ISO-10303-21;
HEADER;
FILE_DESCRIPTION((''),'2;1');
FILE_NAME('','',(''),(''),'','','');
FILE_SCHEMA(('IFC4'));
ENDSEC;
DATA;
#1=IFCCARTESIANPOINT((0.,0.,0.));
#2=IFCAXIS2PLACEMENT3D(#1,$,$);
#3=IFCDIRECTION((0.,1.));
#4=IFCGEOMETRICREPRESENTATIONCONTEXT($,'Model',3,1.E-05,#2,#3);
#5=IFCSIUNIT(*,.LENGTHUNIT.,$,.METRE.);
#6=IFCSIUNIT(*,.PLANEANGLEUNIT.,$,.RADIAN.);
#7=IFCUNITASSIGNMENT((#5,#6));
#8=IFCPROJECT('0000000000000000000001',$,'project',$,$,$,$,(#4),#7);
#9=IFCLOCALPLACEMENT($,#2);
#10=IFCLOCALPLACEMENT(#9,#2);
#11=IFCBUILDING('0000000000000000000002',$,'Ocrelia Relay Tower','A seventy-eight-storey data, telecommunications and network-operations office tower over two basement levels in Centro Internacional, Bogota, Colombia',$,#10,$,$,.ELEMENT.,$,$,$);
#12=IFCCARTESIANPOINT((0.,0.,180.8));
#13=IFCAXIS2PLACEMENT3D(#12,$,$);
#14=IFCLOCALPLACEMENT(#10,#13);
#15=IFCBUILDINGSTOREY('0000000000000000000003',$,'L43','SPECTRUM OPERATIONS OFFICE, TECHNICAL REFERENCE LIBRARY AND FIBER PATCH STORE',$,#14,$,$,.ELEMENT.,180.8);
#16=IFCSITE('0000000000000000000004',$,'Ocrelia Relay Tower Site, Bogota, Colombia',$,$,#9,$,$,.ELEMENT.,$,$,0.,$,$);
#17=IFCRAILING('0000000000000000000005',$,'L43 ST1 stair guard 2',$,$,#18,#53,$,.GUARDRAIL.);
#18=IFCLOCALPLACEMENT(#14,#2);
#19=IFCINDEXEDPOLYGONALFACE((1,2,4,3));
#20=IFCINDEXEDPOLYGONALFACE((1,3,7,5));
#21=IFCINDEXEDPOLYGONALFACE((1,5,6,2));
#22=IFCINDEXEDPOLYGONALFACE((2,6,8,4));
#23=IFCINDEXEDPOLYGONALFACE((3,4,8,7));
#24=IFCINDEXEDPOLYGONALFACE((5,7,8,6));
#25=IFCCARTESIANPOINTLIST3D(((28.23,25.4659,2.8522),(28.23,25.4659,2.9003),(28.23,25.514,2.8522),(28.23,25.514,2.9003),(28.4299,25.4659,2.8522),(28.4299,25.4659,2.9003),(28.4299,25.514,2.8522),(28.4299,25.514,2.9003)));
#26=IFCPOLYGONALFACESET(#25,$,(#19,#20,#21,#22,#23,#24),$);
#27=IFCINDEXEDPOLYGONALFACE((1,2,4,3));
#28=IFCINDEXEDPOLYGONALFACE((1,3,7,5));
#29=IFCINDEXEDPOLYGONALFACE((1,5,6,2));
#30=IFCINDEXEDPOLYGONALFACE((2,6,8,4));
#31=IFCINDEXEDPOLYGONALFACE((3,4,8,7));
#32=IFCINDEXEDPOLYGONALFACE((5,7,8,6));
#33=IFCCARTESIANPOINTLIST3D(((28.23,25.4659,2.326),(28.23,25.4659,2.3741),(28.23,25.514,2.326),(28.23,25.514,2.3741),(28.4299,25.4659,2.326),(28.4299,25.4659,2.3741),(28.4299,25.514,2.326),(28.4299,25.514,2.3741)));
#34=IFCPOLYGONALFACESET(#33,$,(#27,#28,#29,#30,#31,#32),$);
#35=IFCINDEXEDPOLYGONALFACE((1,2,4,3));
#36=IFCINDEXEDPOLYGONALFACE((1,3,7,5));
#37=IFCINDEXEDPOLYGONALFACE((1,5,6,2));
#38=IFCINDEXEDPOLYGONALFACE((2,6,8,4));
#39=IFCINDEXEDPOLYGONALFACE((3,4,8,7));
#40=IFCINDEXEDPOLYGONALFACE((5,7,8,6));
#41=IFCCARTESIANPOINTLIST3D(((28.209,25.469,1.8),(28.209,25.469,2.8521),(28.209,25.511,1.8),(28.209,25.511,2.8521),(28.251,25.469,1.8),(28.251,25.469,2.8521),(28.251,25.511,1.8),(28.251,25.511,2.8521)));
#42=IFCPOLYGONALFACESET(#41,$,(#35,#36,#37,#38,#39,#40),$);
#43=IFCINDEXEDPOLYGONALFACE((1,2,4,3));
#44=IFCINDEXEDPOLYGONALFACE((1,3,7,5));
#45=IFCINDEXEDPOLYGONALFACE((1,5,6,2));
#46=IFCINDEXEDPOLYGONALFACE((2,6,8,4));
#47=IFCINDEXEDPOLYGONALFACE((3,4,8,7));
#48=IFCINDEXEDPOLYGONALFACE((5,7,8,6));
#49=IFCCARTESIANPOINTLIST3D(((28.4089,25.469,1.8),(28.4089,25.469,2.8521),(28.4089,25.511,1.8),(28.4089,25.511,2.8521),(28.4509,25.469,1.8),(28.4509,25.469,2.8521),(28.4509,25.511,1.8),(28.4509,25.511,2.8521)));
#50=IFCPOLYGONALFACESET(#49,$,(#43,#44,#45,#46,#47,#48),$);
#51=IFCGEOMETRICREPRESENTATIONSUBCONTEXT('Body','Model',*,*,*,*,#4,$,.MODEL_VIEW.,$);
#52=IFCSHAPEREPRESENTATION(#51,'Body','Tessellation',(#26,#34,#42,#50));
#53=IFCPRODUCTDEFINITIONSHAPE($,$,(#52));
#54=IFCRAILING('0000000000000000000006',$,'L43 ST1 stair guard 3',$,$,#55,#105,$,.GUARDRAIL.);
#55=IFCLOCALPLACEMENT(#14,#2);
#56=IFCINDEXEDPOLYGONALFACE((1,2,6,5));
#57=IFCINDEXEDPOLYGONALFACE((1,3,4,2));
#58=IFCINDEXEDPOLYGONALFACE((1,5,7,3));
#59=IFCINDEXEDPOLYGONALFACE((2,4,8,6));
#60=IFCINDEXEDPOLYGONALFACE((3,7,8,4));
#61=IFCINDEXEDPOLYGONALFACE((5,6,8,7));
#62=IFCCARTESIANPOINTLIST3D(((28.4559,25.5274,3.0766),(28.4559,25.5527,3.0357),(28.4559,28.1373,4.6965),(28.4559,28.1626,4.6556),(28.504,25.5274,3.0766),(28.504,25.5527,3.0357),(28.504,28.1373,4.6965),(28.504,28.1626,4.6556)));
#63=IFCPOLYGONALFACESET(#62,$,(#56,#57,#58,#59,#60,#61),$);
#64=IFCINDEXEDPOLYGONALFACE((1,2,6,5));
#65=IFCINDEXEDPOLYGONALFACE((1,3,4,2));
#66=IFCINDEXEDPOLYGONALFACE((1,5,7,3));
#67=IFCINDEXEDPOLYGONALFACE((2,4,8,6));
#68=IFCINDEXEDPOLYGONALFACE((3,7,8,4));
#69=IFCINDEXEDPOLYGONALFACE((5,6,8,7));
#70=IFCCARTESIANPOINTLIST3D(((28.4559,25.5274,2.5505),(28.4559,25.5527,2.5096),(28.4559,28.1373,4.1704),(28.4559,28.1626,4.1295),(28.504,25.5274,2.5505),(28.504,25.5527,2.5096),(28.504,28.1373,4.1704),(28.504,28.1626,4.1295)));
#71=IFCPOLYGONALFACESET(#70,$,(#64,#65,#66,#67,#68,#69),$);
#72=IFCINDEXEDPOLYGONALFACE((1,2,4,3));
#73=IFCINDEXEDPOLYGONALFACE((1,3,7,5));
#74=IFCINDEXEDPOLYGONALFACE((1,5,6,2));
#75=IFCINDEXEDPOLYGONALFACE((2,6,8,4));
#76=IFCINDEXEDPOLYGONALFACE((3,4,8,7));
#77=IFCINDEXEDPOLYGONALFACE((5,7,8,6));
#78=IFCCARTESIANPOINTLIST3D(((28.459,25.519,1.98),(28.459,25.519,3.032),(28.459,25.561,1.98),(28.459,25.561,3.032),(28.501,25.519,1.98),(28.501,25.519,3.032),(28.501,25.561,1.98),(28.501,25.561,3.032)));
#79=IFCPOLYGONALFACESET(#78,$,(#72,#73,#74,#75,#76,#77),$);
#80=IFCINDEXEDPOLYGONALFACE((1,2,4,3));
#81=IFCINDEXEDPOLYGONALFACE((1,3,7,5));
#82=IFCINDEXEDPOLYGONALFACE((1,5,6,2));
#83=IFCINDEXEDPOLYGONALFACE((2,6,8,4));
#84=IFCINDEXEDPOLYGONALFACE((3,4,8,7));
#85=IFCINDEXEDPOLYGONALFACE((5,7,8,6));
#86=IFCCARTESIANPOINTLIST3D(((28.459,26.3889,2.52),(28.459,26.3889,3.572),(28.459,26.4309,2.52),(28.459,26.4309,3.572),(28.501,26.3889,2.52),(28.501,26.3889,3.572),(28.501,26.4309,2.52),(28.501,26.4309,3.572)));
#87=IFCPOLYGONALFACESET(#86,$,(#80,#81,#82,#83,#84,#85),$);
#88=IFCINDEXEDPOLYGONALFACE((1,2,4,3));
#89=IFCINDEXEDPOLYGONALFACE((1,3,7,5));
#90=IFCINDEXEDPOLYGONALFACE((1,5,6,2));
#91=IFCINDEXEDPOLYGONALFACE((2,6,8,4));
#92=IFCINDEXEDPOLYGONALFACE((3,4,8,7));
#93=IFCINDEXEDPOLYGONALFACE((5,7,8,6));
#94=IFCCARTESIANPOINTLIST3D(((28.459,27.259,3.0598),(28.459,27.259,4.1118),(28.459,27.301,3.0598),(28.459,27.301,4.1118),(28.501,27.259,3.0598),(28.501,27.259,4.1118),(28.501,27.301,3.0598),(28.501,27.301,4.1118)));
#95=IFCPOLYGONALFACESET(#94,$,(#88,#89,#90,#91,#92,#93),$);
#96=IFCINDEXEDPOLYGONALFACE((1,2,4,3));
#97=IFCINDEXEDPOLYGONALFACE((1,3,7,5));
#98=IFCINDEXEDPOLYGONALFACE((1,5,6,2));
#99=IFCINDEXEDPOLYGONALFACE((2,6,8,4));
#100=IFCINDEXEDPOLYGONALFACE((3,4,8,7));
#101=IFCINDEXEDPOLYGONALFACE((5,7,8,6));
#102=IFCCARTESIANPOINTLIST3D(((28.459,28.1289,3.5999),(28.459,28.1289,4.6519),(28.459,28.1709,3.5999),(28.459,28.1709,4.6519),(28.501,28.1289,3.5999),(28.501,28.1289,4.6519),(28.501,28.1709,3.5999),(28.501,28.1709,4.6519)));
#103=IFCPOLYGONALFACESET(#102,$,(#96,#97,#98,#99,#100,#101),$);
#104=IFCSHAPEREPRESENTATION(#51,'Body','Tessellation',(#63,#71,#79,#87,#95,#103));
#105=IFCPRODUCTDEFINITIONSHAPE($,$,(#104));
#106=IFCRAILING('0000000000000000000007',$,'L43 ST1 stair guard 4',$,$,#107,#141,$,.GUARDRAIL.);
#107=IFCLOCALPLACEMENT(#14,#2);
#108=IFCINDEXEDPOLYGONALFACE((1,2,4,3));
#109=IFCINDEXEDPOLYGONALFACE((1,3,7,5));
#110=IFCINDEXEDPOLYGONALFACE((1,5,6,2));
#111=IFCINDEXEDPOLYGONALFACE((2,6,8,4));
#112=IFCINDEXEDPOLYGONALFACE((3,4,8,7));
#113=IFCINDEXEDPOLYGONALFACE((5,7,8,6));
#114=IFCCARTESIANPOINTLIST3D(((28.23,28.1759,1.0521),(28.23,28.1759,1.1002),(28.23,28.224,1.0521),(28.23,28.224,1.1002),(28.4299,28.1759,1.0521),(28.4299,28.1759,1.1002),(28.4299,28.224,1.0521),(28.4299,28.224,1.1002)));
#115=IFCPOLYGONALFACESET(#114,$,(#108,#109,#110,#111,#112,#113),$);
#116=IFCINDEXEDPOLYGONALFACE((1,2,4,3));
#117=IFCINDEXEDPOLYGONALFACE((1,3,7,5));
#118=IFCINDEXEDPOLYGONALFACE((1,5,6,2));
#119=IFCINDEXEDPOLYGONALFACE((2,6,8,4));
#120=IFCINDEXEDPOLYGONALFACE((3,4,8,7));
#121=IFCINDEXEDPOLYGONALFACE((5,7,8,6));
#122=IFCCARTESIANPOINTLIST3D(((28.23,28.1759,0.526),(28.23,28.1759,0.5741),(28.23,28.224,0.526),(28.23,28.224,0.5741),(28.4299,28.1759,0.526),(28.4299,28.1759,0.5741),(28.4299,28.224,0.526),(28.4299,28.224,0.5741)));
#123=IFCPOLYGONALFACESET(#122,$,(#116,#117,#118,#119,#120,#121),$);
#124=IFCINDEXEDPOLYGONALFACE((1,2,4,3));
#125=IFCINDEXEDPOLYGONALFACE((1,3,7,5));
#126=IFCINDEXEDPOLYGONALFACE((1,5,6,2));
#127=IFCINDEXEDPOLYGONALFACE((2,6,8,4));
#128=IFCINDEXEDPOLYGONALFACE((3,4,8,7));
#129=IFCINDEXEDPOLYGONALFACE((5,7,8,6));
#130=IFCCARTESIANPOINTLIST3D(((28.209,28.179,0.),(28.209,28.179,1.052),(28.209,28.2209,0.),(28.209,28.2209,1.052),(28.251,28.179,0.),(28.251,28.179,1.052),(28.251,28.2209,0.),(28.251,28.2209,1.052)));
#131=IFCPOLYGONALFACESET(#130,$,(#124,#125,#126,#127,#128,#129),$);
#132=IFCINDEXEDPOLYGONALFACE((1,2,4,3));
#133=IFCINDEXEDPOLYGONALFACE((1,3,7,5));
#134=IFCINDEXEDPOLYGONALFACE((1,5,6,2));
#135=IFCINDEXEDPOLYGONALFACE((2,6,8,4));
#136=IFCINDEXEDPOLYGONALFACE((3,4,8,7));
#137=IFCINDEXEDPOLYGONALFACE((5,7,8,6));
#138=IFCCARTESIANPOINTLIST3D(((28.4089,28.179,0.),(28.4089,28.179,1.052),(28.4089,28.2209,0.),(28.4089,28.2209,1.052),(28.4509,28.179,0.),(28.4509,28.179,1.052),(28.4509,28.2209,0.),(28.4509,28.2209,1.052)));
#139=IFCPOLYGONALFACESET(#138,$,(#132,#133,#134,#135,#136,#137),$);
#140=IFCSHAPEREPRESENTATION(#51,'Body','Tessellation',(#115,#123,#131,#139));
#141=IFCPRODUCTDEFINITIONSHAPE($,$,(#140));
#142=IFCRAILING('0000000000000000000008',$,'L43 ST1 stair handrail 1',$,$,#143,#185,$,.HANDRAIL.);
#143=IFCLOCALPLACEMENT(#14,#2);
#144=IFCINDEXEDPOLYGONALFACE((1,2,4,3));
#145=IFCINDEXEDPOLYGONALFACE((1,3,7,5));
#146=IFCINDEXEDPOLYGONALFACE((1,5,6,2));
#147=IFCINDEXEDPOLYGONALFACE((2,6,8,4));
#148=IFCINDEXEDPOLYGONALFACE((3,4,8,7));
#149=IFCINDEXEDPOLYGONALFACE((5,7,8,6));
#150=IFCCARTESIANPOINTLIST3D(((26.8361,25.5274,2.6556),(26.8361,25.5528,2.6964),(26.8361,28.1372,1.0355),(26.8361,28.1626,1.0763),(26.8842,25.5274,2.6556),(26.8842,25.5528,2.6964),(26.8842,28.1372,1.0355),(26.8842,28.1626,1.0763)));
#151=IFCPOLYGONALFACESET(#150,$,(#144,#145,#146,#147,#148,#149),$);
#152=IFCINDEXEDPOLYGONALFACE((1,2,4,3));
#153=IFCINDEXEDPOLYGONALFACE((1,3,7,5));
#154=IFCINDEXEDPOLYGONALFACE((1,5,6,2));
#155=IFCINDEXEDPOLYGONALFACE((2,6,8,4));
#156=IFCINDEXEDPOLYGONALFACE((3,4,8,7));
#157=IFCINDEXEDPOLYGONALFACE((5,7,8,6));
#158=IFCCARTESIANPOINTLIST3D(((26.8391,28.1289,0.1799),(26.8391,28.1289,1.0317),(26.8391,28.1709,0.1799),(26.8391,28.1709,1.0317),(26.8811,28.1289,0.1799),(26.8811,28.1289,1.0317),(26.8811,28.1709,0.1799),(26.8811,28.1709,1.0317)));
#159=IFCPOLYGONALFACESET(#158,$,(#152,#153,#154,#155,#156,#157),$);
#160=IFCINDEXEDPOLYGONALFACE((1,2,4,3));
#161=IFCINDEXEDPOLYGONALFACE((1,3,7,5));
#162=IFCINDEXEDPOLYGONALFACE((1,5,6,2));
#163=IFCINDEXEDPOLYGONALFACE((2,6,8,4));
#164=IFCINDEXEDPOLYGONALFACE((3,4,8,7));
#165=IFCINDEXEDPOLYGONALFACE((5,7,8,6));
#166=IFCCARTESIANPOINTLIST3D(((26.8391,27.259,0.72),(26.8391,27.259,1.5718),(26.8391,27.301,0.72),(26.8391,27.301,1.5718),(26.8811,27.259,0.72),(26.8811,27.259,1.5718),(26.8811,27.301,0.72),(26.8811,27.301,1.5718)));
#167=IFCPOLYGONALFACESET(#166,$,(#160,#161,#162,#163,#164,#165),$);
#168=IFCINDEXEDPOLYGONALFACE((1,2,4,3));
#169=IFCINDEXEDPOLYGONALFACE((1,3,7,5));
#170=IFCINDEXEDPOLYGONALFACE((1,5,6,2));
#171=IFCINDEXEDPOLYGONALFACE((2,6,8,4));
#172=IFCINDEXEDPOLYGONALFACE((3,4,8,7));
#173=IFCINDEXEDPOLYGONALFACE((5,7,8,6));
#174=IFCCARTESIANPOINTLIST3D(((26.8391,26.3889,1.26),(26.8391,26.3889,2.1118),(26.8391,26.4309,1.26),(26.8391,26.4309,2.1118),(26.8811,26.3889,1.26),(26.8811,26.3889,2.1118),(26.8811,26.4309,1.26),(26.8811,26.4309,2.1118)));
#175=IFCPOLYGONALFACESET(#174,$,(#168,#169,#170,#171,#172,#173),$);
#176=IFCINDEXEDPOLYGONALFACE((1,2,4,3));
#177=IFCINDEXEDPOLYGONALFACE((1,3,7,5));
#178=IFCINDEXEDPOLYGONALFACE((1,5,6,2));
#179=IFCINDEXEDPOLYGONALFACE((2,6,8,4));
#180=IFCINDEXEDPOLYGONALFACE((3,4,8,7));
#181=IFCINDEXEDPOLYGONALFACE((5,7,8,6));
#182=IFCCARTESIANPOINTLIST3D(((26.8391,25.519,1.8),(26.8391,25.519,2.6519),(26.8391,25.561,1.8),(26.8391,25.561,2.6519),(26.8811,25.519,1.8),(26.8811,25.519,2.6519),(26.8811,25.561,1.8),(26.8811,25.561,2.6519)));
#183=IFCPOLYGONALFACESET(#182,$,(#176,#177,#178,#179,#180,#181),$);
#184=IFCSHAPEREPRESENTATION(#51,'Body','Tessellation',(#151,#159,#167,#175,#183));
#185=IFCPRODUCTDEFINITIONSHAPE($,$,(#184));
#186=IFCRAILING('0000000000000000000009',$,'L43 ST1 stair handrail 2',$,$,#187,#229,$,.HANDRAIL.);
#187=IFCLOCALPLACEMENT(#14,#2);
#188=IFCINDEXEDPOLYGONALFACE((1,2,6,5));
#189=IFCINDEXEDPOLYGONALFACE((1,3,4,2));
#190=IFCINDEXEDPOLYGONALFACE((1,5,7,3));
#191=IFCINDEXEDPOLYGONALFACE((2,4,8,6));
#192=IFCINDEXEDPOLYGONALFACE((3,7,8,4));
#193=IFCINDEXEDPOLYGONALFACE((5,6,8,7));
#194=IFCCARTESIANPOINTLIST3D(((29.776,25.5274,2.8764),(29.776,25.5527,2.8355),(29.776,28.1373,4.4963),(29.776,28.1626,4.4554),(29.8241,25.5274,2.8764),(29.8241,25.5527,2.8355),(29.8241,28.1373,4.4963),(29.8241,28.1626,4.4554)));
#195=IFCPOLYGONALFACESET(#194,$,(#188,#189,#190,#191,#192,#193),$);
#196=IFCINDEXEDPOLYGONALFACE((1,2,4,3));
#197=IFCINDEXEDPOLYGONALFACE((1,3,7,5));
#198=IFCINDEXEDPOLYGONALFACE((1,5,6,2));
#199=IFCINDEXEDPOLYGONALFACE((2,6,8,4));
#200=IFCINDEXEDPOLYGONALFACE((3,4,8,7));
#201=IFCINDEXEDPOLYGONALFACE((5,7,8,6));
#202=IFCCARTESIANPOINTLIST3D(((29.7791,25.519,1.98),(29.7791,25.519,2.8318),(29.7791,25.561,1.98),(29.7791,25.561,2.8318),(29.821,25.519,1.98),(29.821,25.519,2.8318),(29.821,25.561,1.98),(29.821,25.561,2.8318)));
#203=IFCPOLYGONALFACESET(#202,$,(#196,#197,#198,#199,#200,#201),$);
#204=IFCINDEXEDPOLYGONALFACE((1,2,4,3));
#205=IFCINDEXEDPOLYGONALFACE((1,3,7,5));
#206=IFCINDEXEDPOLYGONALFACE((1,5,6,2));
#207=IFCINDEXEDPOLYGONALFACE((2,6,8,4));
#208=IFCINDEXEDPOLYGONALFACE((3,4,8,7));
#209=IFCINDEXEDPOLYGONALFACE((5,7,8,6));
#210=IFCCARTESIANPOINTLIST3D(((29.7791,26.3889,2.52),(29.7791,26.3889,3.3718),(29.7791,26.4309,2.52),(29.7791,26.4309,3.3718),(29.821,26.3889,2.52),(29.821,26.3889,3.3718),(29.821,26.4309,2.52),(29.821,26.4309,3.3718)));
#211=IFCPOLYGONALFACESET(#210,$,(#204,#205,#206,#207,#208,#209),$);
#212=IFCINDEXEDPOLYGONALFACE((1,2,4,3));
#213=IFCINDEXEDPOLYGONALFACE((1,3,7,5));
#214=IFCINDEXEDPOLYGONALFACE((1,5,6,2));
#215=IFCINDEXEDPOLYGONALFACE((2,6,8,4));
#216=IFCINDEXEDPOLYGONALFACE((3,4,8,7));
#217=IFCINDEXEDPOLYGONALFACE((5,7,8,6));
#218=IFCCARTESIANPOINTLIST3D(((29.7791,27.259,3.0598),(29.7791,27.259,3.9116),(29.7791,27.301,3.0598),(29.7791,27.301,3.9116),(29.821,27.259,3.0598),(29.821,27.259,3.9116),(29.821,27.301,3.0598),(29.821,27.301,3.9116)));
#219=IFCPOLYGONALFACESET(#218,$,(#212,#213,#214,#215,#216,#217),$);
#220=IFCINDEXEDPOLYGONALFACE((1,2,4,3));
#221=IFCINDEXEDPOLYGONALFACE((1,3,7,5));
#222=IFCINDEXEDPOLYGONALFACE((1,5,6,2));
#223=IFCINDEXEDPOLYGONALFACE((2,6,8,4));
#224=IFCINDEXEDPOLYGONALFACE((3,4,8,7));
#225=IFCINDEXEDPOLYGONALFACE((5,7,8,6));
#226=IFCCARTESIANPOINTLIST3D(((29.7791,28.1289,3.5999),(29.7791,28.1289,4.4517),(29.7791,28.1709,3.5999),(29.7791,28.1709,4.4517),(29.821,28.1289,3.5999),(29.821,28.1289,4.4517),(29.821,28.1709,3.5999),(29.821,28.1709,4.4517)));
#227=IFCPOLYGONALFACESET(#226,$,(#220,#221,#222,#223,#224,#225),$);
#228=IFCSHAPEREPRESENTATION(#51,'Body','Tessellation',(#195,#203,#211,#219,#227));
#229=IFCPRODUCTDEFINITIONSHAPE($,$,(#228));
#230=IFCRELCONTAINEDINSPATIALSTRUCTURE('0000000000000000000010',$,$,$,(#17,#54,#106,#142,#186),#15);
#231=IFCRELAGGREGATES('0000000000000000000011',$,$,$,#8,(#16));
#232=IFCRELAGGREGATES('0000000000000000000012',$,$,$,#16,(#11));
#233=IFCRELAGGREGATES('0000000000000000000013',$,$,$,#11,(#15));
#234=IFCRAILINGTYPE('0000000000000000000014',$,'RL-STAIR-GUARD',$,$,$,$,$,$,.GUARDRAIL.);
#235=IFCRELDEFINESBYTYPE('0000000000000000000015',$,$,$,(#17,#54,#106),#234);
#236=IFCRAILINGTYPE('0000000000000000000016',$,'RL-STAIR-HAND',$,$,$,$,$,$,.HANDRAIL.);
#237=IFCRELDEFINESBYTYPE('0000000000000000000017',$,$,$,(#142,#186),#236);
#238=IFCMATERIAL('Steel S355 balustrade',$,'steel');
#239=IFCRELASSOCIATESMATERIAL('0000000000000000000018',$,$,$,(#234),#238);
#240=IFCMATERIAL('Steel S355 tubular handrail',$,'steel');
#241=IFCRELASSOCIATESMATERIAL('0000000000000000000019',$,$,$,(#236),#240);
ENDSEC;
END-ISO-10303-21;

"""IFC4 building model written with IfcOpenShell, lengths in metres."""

from ifc_helpers import new_model, si_unit, direction, frame, origin, origin_2d, place, context, subcontext, project, spatial, rectangle, extrude, material, type_object, element, save


model = new_model("IFC4")

# Units and contexts
model_context = context("Model", 3, precision=1e-05, world=origin(), true_north=direction((0.0, 1.0)))
body_context = subcontext(model_context, "Body", "Model", "MODEL_VIEW")
ifc_project = project(units=[si_unit("LENGTHUNIT", "METRE"), si_unit("PLANEANGLEUNIT", "RADIAN")], contexts=[model_context])

# Site, building, storey
site_placement = place(None, origin())
site = spatial("IfcSite", under=ifc_project, at=site_placement, Name="Ocrelia Relay Tower Site, Bogota, Colombia", CompositionType="ELEMENT", RefElevation=0.0)
building_placement = place(site_placement, origin())
building = spatial("IfcBuilding", under=site, at=building_placement, Name="Ocrelia Relay Tower", Description="A seventy-eight-storey data, telecommunications and network-operations office tower over two basement levels in Centro Internacional, Bogota, Colombia", CompositionType="ELEMENT")
storey_placement = place(building_placement, frame((0.0, 0.0, 180.8)))
storey = spatial("IfcBuildingStorey", under=building, at=storey_placement, Name="L43", Description="SPECTRUM OPERATIONS OFFICE, TECHNICAL REFERENCE LIBRARY AND FIBER PATCH STORE", CompositionType="ELEMENT", Elevation=180.8)

# Railings
ifc_material_1 = material(Name="Steel S355 balustrade", Category="steel")
railing_type_1 = type_object("IfcRailingType", Name="RL-STAIR-GUARD", PredefinedType="GUARDRAIL", material=ifc_material_1)
railing_1_placement = place(storey_placement, frame((28.23, 25.49, 1.8)))
element("IfcRailing", 1, at=railing_1_placement, inside=storey, type_object=railing_type_1, Name="L43 ST1 stair guard 2", PredefinedType="GUARDRAIL", context=body_context, shape_type="SweptSolid", body=[
    extrude(rectangle(XDim=0.0481, YDim=0.0481, at=origin_2d()), frame((0.0, 0.0, 1.0762), z_axis=(1.0, 0.0, 0.0), x_axis=(0.0, 1.0, 0.0)), (0.0, 0.0, 1.0), 0.2),
    extrude(rectangle(XDim=0.0481, YDim=0.0481, at=origin_2d()), frame((0.0, 0.0, 0.55), z_axis=(1.0, 0.0, 0.0), x_axis=(0.0, 1.0, 0.0)), (0.0, 0.0, 1.0), 0.2),
    extrude(rectangle(XDim=0.042, YDim=0.042, at=origin_2d()), origin(), (0.0, 0.0, 1.0), 1.052),
    extrude(rectangle(XDim=0.042, YDim=0.042, at=origin_2d()), frame((0.2, 0.0, 0.0)), (0.0, 0.0, 1.0), 1.052),
])
railing_2_placement = place(storey_placement, frame((28.48, 25.54, 1.98)))
element("IfcRailing", 2, at=railing_2_placement, inside=storey, type_object=railing_type_1, Name="L43 ST1 stair guard 3", PredefinedType="GUARDRAIL", context=body_context, shape_type="SweptSolid", body=[
    extrude(rectangle(XDim=0.0481, YDim=0.0481, at=origin_2d()), frame((0.0, 0.0, 1.0762), z_axis=(0.0, 0.849646, 0.527353), x_axis=(-1.0, 0.0, 0.0)), (0.0, 0.0, 1.0), 3.0718),
    extrude(rectangle(XDim=0.0481, YDim=0.0481, at=origin_2d()), frame((0.0, 0.0, 0.55), z_axis=(0.0, 0.849646, 0.527353), x_axis=(-1.0, 0.0, 0.0)), (0.0, 0.0, 1.0), 3.0718),
    extrude(rectangle(XDim=0.042, YDim=0.042, at=origin_2d()), origin(), (0.0, 0.0, 1.0), 1.052),
    extrude(rectangle(XDim=0.042, YDim=0.042, at=origin_2d()), frame((0.0, 0.8699, 0.54)), (0.0, 0.0, 1.0), 1.052),
    extrude(rectangle(XDim=0.042, YDim=0.042, at=origin_2d()), frame((0.0, 1.74, 1.0798)), (0.0, 0.0, 1.0), 1.052),
    extrude(rectangle(XDim=0.042, YDim=0.042, at=origin_2d()), frame((0.0, 2.6099, 1.6199)), (0.0, 0.0, 1.0), 1.052),
])
railing_3_placement = place(storey_placement, frame((28.23, 28.2, 0.0)))
element("IfcRailing", 3, at=railing_3_placement, inside=storey, type_object=railing_type_1, Name="L43 ST1 stair guard 4", PredefinedType="GUARDRAIL", context=body_context, shape_type="SweptSolid", body=[
    extrude(rectangle(XDim=0.0481, YDim=0.0481, at=origin_2d()), frame((0.0, 0.0, 1.0762), z_axis=(1.0, 0.0, 0.0), x_axis=(0.0, 1.0, 0.0)), (0.0, 0.0, 1.0), 0.2),
    extrude(rectangle(XDim=0.0481, YDim=0.0481, at=origin_2d()), frame((0.0, 0.0, 0.55), z_axis=(1.0, 0.0, 0.0), x_axis=(0.0, 1.0, 0.0)), (0.0, 0.0, 1.0), 0.2),
    extrude(rectangle(XDim=0.042, YDim=0.042, at=origin_2d()), origin(), (0.0, 0.0, 1.0), 1.052),
    extrude(rectangle(XDim=0.042, YDim=0.042, at=origin_2d()), frame((0.2, 0.0, 0.0)), (0.0, 0.0, 1.0), 1.052),
])
ifc_material_2 = material(Name="Steel S355 tubular handrail", Category="steel")
railing_type_2 = type_object("IfcRailingType", Name="RL-STAIR-HAND", PredefinedType="HANDRAIL", material=ifc_material_2)
railing_4_placement = place(storey_placement, frame((26.8601, 28.1499, 0.1799)))
element("IfcRailing", 4, at=railing_4_placement, inside=storey, type_object=railing_type_2, Name="L43 ST1 stair handrail 1", PredefinedType="HANDRAIL", context=body_context, shape_type="SweptSolid", body=[
    extrude(rectangle(XDim=0.0481, YDim=0.0481, at=origin_2d()), frame((0.0, 0.0, 0.876), z_axis=(0.0, -0.849611, 0.52741), x_axis=(1.0, 0.0, 0.0)), (0.0, 0.0, 1.0), 3.0718),
    extrude(rectangle(XDim=0.042, YDim=0.042, at=origin_2d()), origin(), (0.0, 0.0, 1.0), 0.8518),
    extrude(rectangle(XDim=0.042, YDim=0.042, at=origin_2d()), frame((0.0, -0.8699, 0.54)), (0.0, 0.0, 1.0), 0.8518),
    extrude(rectangle(XDim=0.042, YDim=0.042, at=origin_2d()), frame((0.0, -1.74, 1.0801)), (0.0, 0.0, 1.0), 0.8518),
    extrude(rectangle(XDim=0.042, YDim=0.042, at=origin_2d()), frame((0.0, -2.6099, 1.6201)), (0.0, 0.0, 1.0), 0.8518),
])
railing_5_placement = place(storey_placement, frame((29.8, 25.54, 1.98)))
element("IfcRailing", 5, at=railing_5_placement, inside=storey, type_object=railing_type_2, Name="L43 ST1 stair handrail 2", PredefinedType="HANDRAIL", context=body_context, shape_type="SweptSolid", body=[
    extrude(rectangle(XDim=0.0481, YDim=0.0481, at=origin_2d()), frame((0.0, 0.0, 0.876), z_axis=(0.0, 0.849646, 0.527353), x_axis=(-1.0, 0.0, 0.0)), (0.0, 0.0, 1.0), 3.0718),
    extrude(rectangle(XDim=0.042, YDim=0.042, at=origin_2d()), origin(), (0.0, 0.0, 1.0), 0.8518),
    extrude(rectangle(XDim=0.042, YDim=0.042, at=origin_2d()), frame((0.0, 0.8699, 0.54)), (0.0, 0.0, 1.0), 0.8518),
    extrude(rectangle(XDim=0.042, YDim=0.042, at=origin_2d()), frame((0.0, 1.74, 1.0798)), (0.0, 0.0, 1.0), 0.8518),
    extrude(rectangle(XDim=0.042, YDim=0.042, at=origin_2d()), frame((0.0, 2.6099, 1.6199)), (0.0, 0.0, 1.0), 0.8518),
])

save(model, "model.ifc")
